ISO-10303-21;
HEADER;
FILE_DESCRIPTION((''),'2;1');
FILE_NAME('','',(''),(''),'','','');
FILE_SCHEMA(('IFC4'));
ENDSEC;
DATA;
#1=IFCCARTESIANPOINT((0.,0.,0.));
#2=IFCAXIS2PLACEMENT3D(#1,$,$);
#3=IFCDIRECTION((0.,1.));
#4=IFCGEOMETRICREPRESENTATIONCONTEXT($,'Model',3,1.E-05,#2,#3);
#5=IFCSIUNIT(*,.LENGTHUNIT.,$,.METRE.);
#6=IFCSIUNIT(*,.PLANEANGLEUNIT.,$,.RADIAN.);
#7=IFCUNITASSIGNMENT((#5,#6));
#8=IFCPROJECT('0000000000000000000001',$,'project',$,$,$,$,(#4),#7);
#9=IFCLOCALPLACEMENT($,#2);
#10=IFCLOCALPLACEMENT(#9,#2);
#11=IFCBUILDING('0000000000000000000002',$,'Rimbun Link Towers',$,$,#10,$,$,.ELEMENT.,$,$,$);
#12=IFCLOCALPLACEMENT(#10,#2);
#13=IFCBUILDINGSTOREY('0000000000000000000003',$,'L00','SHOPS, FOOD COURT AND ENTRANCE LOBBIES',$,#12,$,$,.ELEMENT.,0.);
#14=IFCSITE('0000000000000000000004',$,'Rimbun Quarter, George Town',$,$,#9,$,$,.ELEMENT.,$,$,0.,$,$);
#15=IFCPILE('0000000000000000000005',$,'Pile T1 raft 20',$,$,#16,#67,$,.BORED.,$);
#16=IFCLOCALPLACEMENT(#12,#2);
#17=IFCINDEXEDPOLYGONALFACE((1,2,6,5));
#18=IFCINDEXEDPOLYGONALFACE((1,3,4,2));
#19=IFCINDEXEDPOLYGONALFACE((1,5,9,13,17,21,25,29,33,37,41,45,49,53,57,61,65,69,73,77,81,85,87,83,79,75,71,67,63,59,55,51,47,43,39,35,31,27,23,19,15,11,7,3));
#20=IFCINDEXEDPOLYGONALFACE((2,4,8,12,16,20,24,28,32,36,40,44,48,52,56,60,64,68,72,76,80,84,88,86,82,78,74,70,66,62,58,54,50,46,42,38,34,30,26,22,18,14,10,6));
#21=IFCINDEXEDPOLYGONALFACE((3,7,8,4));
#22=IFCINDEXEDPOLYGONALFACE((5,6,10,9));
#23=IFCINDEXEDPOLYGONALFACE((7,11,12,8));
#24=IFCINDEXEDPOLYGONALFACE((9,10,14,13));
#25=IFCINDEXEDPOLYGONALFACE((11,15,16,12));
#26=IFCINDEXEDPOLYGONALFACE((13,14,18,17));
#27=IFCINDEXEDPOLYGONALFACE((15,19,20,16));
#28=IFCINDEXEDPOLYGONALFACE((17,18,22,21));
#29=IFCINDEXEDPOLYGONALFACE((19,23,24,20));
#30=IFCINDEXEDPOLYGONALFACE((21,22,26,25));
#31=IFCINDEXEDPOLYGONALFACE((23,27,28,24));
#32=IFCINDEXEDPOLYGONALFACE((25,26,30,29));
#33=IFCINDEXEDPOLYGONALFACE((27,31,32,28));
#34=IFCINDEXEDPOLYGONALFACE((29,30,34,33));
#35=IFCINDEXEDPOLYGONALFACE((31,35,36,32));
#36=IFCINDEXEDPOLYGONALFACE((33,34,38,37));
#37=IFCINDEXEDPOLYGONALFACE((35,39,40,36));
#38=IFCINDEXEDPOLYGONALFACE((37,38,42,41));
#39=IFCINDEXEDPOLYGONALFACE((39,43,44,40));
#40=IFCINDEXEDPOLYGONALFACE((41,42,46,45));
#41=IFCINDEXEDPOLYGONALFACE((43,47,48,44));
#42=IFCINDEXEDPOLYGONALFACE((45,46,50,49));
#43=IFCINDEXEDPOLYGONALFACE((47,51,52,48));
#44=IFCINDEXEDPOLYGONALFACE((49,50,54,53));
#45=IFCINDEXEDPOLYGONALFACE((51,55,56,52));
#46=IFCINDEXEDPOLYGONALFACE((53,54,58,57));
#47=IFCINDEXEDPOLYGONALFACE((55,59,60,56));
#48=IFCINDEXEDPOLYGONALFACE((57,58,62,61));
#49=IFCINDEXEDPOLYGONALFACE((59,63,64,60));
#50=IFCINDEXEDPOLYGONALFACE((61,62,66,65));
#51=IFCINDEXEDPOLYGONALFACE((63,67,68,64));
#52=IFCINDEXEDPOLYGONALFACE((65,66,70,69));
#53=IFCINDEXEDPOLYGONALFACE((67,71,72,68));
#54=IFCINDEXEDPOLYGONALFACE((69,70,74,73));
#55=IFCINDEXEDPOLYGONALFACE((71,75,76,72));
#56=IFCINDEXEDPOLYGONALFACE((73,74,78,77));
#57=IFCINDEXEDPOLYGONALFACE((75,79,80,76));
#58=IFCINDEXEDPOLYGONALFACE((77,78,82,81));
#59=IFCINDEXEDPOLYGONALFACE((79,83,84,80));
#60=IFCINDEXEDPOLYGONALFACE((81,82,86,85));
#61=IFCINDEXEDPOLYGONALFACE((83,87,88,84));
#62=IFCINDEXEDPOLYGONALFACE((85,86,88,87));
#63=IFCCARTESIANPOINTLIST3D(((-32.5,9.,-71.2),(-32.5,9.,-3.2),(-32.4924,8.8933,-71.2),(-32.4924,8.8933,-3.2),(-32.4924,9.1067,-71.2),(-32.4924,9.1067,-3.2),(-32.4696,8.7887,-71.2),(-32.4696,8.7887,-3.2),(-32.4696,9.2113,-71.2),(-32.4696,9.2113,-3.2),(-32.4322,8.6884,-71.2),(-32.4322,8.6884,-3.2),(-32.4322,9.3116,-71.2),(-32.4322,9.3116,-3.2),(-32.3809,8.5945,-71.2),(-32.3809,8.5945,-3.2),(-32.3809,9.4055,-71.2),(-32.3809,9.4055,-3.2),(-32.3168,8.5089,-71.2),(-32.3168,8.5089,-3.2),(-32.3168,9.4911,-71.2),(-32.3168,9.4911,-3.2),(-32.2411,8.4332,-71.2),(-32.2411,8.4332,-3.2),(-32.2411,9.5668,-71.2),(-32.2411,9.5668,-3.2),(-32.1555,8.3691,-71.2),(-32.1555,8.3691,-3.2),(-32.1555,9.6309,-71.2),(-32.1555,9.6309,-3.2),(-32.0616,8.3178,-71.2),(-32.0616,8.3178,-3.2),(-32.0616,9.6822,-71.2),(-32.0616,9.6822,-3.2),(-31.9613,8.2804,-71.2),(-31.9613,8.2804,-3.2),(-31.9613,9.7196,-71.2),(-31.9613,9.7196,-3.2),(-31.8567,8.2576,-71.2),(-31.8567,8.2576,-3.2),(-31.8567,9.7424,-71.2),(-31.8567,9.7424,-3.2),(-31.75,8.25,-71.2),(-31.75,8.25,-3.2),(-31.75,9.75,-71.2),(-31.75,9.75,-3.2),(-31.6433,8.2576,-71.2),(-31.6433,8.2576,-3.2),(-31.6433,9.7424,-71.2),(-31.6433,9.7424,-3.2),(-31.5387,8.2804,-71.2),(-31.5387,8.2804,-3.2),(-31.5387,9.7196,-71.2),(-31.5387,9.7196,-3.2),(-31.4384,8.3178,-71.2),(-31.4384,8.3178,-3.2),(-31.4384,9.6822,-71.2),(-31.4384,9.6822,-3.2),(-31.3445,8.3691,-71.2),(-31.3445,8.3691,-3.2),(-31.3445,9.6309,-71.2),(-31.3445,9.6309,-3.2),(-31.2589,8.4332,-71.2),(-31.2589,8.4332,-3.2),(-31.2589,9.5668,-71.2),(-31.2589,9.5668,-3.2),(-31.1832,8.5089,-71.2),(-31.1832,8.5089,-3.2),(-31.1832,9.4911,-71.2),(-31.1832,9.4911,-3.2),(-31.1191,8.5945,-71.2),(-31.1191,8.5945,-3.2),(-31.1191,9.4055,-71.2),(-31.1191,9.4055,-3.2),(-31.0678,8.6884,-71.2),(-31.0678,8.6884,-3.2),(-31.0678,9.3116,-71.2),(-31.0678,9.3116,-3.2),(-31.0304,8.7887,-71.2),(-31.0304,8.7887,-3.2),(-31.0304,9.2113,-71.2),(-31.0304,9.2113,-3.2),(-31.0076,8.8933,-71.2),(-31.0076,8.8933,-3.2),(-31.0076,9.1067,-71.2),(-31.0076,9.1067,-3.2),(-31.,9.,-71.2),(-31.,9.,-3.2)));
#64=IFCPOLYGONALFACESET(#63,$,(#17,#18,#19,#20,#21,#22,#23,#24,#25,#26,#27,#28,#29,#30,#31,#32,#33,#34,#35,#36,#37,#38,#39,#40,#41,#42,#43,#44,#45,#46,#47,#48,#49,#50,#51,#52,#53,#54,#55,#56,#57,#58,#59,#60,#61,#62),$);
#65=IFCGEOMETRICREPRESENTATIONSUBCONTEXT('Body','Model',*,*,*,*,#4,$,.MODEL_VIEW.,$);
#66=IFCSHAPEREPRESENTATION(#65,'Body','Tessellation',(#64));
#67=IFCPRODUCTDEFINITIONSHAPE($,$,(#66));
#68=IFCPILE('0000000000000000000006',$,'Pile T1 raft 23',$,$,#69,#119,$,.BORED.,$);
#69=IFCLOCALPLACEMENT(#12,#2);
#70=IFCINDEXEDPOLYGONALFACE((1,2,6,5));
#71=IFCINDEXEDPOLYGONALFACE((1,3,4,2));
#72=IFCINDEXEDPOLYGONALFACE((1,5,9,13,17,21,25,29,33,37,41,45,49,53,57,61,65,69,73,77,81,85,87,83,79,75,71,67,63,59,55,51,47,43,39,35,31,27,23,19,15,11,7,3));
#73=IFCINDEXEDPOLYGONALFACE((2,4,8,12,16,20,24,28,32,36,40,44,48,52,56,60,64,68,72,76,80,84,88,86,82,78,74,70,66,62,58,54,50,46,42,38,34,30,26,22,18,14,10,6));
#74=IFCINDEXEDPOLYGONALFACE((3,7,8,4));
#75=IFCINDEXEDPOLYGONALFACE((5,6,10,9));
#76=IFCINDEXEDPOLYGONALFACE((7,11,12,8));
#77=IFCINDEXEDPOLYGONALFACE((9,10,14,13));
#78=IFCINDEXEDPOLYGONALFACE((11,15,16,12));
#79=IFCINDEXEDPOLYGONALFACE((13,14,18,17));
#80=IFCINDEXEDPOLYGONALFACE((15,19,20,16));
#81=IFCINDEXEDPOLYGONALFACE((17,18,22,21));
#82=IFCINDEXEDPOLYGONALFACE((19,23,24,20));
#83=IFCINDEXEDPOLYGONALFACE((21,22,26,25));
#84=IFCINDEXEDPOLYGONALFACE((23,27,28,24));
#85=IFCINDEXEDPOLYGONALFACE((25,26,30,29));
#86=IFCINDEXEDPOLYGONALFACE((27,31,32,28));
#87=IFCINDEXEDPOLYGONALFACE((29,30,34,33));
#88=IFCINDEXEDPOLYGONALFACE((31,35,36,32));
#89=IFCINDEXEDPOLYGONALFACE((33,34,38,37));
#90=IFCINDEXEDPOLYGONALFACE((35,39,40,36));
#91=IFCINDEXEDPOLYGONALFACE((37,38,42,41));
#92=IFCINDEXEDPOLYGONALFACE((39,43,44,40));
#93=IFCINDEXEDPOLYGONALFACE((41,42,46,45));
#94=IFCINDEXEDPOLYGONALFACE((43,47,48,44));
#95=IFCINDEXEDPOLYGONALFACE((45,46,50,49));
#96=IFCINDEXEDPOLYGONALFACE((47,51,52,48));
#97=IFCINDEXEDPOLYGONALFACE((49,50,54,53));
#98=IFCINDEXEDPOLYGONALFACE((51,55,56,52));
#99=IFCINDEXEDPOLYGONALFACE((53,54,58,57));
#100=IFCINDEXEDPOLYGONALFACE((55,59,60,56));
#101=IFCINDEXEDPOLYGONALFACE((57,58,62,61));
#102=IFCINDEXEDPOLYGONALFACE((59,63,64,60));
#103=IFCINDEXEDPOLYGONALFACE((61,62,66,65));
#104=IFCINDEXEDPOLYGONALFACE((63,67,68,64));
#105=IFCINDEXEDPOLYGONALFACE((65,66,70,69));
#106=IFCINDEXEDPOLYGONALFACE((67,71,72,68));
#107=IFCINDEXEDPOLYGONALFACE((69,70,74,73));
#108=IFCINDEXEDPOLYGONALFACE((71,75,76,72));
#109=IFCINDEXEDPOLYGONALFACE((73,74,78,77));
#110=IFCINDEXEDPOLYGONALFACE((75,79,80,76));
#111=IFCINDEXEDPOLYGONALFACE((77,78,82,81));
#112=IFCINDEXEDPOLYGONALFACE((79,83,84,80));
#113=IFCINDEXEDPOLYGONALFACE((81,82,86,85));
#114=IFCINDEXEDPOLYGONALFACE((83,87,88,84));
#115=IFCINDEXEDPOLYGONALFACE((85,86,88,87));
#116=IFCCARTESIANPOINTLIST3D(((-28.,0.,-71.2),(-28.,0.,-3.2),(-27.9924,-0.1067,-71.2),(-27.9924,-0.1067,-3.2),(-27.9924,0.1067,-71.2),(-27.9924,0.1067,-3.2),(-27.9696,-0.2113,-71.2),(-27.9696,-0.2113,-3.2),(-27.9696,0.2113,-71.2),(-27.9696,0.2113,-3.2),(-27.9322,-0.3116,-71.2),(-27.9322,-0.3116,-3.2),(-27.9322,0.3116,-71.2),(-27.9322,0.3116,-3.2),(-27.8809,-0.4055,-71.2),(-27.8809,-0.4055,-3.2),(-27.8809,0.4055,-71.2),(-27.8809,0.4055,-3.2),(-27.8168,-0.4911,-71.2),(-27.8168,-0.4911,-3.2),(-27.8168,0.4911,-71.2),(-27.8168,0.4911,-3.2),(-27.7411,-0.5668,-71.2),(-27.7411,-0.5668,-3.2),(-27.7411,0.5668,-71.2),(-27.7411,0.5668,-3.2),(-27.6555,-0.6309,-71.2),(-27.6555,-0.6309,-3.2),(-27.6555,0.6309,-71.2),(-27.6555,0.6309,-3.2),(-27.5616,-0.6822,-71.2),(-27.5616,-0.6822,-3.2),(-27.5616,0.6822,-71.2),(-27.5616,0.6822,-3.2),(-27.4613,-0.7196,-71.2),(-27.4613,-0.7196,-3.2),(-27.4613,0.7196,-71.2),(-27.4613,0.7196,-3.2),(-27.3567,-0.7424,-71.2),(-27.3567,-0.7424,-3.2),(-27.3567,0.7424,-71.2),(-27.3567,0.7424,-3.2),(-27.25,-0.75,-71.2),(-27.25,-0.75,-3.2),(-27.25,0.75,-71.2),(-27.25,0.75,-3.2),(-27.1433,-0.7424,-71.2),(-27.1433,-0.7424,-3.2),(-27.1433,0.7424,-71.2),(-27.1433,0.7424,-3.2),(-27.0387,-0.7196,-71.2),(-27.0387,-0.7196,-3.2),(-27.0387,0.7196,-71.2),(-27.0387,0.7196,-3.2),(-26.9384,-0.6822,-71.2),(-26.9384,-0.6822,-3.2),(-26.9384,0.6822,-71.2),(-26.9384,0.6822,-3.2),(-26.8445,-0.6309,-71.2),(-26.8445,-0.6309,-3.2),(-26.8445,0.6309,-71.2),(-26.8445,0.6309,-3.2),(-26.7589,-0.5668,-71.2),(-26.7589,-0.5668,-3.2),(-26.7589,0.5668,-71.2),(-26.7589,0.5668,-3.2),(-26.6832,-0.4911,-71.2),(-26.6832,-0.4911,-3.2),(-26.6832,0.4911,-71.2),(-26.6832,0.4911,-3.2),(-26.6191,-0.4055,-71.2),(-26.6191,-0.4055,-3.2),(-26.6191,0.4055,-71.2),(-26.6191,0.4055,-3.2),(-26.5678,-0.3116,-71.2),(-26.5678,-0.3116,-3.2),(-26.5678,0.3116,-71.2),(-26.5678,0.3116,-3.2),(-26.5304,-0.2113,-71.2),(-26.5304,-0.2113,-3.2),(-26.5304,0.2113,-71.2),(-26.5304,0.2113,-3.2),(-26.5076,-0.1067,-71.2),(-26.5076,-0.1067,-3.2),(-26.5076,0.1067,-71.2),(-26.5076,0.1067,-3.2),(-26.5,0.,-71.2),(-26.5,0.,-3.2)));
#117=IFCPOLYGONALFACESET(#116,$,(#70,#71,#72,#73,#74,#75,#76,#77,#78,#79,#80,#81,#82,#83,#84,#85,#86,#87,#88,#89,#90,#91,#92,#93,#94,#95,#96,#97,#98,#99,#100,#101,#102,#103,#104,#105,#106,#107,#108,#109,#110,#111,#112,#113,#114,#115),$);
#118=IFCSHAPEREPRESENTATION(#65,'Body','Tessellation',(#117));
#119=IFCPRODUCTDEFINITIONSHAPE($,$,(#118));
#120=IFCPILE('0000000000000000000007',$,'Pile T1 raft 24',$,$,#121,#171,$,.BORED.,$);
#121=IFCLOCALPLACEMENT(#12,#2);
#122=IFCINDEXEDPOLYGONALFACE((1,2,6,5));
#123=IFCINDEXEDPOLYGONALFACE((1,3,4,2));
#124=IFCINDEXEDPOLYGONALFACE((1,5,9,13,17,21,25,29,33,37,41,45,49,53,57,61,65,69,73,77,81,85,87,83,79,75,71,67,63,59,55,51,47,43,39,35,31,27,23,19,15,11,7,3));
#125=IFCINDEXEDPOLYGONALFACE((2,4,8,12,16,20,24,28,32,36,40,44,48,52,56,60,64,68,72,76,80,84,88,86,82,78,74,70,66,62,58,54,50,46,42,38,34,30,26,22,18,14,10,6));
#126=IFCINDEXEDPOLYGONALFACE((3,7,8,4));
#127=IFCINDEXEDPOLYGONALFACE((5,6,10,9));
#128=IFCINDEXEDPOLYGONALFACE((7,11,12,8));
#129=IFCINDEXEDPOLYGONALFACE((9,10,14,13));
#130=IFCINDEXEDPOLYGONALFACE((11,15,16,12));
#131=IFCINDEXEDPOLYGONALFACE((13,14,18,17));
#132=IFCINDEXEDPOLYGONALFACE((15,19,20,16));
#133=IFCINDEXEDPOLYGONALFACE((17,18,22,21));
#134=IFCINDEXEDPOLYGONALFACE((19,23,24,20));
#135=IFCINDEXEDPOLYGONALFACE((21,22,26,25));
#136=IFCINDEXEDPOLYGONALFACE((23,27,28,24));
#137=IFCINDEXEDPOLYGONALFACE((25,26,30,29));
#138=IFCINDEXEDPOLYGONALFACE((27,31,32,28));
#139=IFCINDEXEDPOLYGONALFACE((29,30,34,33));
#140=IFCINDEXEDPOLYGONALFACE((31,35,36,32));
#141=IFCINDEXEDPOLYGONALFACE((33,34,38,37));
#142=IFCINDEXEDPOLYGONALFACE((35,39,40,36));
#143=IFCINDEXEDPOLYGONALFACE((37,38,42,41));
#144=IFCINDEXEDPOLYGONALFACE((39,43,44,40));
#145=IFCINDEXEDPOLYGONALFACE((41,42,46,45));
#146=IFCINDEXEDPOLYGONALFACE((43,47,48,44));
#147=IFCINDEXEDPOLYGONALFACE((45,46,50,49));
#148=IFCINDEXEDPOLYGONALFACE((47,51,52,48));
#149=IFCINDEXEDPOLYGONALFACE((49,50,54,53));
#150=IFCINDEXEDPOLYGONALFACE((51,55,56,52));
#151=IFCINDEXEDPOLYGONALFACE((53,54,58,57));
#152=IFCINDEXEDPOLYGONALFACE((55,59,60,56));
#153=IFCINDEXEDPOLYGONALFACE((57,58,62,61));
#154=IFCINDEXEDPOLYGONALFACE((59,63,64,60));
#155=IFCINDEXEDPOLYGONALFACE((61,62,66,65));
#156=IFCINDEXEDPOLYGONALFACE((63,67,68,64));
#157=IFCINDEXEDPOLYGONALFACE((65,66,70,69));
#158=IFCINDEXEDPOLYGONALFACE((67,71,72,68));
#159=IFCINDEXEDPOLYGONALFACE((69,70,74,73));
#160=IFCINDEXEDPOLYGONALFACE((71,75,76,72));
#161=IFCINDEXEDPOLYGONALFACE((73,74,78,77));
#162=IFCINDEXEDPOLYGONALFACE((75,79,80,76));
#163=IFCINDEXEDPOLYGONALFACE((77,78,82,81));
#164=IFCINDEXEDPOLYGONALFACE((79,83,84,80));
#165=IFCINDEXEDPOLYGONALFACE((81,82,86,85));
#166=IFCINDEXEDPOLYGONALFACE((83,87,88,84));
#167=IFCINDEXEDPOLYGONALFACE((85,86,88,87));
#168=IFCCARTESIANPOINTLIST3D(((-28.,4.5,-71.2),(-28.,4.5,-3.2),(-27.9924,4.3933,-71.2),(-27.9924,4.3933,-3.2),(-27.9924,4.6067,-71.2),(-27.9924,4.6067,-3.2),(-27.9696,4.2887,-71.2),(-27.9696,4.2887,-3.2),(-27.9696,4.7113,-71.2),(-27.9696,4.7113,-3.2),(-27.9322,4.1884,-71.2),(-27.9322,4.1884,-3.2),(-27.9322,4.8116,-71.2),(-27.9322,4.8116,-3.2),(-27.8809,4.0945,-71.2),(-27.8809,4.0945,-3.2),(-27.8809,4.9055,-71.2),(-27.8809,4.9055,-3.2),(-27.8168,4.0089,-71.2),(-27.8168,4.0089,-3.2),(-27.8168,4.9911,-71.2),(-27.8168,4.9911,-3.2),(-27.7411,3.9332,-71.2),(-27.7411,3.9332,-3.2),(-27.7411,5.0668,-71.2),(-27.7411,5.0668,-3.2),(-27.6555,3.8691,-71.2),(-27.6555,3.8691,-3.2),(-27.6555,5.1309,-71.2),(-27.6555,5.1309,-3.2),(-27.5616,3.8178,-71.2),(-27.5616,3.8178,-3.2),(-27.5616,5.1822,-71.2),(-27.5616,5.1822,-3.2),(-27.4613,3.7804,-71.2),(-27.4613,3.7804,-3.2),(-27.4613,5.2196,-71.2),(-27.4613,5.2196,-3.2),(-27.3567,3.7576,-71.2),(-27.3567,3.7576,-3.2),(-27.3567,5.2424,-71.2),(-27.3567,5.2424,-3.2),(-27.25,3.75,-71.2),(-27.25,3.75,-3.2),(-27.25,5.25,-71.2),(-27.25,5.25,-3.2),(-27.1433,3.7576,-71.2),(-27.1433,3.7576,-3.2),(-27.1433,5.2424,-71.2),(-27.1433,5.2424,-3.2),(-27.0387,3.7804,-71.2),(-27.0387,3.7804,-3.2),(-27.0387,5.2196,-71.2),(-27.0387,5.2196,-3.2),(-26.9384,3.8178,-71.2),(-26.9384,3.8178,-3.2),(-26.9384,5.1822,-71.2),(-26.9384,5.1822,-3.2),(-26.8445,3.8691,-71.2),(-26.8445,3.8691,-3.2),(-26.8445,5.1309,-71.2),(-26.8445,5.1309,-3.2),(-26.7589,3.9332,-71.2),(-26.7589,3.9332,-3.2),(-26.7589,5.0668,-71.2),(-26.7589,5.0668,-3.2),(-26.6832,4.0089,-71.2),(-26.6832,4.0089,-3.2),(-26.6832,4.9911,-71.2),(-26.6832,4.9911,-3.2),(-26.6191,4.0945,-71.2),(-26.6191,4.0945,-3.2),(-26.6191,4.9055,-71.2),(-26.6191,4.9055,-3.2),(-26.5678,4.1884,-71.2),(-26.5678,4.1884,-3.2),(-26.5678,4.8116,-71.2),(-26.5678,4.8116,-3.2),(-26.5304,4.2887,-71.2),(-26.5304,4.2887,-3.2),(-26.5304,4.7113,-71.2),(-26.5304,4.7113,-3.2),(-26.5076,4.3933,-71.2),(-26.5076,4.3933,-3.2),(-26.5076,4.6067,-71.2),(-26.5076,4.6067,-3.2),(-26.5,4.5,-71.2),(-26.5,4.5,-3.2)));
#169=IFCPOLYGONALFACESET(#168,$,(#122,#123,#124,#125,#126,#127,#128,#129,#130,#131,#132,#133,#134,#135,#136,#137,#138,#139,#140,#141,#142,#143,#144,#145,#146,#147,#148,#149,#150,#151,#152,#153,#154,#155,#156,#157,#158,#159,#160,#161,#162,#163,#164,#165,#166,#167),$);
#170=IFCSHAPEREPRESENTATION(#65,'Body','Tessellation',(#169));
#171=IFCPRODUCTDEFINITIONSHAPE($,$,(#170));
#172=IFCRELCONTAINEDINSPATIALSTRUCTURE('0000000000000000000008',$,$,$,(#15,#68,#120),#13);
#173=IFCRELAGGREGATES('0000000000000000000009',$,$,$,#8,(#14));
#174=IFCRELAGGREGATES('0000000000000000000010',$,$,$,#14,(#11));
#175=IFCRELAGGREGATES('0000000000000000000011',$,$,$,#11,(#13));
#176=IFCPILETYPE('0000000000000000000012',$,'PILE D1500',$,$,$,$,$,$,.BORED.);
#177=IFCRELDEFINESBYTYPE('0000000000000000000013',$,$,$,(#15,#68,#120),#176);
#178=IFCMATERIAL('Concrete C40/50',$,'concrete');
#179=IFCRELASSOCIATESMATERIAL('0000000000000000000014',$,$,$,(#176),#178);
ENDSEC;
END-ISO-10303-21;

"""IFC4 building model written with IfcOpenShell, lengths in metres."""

from ifc_helpers import new_model, si_unit, direction, frame, origin, origin_2d, place, context, subcontext, project, spatial, circle, extrude, material, material_profile, profile_set, type_object, element, save


model = new_model("IFC4")

# Units and contexts
model_context = context("Model", 3, precision=1e-05, world=origin(), true_north=direction((0.0, 1.0)))
body_context = subcontext(model_context, "Body", "Model", "MODEL_VIEW")
ifc_project = project(units=[si_unit("LENGTHUNIT", "METRE"), si_unit("PLANEANGLEUNIT", "RADIAN")], contexts=[model_context])

# Site, building, storey
site_placement = place(None, origin())
site = spatial("IfcSite", under=ifc_project, at=site_placement, Name="Rimbun Quarter, George Town", CompositionType="ELEMENT", RefElevation=0.0)
building_placement = place(site_placement, origin())
building = spatial("IfcBuilding", under=site, at=building_placement, Name="Rimbun Link Towers", CompositionType="ELEMENT")
storey_placement = place(building_placement, origin())
storey = spatial("IfcBuildingStorey", under=building, at=storey_placement, Name="L00", Description="SHOPS, FOOD COURT AND ENTRANCE LOBBIES", CompositionType="ELEMENT", Elevation=0.0)

# Piles
ifc_material_1 = material(Name="Concrete C40/50", Category="concrete")
ifc_material_profile = material_profile(ifc_material_1, circle(Radius=0.75, at=origin_2d()), Name="PILE D1500")
ifc_profile_set = profile_set([ifc_material_profile], Name="Concrete C40/50")
pile_type = type_object("IfcPileType", Name="PILE D1500", PredefinedType="BORED", material=ifc_profile_set)
for number, where, z_axis, x_axis, name in (
    (1, (-31.75, 9.0, -3.2), (0.0, 0.0, -1.0), (1.0, 0.0, 0.0), "Pile T1 raft 20"),
    (2, (-27.25, 0.0, -3.2), (0.0, 0.0, -1.0), (1.0, 0.0, 0.0), "Pile T1 raft 23"),
    (3, (-27.25, 4.5, -3.2), (0.0, 0.0, -1.0), (1.0, 0.0, 0.0), "Pile T1 raft 24"),
):
    element("IfcPile", number, at=place(storey_placement, frame(where, z_axis=z_axis, x_axis=x_axis)), inside=storey, type_object=pile_type, Name=name, PredefinedType="BORED", context=body_context, shape_type="SweptSolid", body=[
        extrude(circle(Radius=0.75, at=origin_2d()), origin(), (0.0, 0.0, 1.0), 68.0),
    ])

save(model, "model.ifc")
